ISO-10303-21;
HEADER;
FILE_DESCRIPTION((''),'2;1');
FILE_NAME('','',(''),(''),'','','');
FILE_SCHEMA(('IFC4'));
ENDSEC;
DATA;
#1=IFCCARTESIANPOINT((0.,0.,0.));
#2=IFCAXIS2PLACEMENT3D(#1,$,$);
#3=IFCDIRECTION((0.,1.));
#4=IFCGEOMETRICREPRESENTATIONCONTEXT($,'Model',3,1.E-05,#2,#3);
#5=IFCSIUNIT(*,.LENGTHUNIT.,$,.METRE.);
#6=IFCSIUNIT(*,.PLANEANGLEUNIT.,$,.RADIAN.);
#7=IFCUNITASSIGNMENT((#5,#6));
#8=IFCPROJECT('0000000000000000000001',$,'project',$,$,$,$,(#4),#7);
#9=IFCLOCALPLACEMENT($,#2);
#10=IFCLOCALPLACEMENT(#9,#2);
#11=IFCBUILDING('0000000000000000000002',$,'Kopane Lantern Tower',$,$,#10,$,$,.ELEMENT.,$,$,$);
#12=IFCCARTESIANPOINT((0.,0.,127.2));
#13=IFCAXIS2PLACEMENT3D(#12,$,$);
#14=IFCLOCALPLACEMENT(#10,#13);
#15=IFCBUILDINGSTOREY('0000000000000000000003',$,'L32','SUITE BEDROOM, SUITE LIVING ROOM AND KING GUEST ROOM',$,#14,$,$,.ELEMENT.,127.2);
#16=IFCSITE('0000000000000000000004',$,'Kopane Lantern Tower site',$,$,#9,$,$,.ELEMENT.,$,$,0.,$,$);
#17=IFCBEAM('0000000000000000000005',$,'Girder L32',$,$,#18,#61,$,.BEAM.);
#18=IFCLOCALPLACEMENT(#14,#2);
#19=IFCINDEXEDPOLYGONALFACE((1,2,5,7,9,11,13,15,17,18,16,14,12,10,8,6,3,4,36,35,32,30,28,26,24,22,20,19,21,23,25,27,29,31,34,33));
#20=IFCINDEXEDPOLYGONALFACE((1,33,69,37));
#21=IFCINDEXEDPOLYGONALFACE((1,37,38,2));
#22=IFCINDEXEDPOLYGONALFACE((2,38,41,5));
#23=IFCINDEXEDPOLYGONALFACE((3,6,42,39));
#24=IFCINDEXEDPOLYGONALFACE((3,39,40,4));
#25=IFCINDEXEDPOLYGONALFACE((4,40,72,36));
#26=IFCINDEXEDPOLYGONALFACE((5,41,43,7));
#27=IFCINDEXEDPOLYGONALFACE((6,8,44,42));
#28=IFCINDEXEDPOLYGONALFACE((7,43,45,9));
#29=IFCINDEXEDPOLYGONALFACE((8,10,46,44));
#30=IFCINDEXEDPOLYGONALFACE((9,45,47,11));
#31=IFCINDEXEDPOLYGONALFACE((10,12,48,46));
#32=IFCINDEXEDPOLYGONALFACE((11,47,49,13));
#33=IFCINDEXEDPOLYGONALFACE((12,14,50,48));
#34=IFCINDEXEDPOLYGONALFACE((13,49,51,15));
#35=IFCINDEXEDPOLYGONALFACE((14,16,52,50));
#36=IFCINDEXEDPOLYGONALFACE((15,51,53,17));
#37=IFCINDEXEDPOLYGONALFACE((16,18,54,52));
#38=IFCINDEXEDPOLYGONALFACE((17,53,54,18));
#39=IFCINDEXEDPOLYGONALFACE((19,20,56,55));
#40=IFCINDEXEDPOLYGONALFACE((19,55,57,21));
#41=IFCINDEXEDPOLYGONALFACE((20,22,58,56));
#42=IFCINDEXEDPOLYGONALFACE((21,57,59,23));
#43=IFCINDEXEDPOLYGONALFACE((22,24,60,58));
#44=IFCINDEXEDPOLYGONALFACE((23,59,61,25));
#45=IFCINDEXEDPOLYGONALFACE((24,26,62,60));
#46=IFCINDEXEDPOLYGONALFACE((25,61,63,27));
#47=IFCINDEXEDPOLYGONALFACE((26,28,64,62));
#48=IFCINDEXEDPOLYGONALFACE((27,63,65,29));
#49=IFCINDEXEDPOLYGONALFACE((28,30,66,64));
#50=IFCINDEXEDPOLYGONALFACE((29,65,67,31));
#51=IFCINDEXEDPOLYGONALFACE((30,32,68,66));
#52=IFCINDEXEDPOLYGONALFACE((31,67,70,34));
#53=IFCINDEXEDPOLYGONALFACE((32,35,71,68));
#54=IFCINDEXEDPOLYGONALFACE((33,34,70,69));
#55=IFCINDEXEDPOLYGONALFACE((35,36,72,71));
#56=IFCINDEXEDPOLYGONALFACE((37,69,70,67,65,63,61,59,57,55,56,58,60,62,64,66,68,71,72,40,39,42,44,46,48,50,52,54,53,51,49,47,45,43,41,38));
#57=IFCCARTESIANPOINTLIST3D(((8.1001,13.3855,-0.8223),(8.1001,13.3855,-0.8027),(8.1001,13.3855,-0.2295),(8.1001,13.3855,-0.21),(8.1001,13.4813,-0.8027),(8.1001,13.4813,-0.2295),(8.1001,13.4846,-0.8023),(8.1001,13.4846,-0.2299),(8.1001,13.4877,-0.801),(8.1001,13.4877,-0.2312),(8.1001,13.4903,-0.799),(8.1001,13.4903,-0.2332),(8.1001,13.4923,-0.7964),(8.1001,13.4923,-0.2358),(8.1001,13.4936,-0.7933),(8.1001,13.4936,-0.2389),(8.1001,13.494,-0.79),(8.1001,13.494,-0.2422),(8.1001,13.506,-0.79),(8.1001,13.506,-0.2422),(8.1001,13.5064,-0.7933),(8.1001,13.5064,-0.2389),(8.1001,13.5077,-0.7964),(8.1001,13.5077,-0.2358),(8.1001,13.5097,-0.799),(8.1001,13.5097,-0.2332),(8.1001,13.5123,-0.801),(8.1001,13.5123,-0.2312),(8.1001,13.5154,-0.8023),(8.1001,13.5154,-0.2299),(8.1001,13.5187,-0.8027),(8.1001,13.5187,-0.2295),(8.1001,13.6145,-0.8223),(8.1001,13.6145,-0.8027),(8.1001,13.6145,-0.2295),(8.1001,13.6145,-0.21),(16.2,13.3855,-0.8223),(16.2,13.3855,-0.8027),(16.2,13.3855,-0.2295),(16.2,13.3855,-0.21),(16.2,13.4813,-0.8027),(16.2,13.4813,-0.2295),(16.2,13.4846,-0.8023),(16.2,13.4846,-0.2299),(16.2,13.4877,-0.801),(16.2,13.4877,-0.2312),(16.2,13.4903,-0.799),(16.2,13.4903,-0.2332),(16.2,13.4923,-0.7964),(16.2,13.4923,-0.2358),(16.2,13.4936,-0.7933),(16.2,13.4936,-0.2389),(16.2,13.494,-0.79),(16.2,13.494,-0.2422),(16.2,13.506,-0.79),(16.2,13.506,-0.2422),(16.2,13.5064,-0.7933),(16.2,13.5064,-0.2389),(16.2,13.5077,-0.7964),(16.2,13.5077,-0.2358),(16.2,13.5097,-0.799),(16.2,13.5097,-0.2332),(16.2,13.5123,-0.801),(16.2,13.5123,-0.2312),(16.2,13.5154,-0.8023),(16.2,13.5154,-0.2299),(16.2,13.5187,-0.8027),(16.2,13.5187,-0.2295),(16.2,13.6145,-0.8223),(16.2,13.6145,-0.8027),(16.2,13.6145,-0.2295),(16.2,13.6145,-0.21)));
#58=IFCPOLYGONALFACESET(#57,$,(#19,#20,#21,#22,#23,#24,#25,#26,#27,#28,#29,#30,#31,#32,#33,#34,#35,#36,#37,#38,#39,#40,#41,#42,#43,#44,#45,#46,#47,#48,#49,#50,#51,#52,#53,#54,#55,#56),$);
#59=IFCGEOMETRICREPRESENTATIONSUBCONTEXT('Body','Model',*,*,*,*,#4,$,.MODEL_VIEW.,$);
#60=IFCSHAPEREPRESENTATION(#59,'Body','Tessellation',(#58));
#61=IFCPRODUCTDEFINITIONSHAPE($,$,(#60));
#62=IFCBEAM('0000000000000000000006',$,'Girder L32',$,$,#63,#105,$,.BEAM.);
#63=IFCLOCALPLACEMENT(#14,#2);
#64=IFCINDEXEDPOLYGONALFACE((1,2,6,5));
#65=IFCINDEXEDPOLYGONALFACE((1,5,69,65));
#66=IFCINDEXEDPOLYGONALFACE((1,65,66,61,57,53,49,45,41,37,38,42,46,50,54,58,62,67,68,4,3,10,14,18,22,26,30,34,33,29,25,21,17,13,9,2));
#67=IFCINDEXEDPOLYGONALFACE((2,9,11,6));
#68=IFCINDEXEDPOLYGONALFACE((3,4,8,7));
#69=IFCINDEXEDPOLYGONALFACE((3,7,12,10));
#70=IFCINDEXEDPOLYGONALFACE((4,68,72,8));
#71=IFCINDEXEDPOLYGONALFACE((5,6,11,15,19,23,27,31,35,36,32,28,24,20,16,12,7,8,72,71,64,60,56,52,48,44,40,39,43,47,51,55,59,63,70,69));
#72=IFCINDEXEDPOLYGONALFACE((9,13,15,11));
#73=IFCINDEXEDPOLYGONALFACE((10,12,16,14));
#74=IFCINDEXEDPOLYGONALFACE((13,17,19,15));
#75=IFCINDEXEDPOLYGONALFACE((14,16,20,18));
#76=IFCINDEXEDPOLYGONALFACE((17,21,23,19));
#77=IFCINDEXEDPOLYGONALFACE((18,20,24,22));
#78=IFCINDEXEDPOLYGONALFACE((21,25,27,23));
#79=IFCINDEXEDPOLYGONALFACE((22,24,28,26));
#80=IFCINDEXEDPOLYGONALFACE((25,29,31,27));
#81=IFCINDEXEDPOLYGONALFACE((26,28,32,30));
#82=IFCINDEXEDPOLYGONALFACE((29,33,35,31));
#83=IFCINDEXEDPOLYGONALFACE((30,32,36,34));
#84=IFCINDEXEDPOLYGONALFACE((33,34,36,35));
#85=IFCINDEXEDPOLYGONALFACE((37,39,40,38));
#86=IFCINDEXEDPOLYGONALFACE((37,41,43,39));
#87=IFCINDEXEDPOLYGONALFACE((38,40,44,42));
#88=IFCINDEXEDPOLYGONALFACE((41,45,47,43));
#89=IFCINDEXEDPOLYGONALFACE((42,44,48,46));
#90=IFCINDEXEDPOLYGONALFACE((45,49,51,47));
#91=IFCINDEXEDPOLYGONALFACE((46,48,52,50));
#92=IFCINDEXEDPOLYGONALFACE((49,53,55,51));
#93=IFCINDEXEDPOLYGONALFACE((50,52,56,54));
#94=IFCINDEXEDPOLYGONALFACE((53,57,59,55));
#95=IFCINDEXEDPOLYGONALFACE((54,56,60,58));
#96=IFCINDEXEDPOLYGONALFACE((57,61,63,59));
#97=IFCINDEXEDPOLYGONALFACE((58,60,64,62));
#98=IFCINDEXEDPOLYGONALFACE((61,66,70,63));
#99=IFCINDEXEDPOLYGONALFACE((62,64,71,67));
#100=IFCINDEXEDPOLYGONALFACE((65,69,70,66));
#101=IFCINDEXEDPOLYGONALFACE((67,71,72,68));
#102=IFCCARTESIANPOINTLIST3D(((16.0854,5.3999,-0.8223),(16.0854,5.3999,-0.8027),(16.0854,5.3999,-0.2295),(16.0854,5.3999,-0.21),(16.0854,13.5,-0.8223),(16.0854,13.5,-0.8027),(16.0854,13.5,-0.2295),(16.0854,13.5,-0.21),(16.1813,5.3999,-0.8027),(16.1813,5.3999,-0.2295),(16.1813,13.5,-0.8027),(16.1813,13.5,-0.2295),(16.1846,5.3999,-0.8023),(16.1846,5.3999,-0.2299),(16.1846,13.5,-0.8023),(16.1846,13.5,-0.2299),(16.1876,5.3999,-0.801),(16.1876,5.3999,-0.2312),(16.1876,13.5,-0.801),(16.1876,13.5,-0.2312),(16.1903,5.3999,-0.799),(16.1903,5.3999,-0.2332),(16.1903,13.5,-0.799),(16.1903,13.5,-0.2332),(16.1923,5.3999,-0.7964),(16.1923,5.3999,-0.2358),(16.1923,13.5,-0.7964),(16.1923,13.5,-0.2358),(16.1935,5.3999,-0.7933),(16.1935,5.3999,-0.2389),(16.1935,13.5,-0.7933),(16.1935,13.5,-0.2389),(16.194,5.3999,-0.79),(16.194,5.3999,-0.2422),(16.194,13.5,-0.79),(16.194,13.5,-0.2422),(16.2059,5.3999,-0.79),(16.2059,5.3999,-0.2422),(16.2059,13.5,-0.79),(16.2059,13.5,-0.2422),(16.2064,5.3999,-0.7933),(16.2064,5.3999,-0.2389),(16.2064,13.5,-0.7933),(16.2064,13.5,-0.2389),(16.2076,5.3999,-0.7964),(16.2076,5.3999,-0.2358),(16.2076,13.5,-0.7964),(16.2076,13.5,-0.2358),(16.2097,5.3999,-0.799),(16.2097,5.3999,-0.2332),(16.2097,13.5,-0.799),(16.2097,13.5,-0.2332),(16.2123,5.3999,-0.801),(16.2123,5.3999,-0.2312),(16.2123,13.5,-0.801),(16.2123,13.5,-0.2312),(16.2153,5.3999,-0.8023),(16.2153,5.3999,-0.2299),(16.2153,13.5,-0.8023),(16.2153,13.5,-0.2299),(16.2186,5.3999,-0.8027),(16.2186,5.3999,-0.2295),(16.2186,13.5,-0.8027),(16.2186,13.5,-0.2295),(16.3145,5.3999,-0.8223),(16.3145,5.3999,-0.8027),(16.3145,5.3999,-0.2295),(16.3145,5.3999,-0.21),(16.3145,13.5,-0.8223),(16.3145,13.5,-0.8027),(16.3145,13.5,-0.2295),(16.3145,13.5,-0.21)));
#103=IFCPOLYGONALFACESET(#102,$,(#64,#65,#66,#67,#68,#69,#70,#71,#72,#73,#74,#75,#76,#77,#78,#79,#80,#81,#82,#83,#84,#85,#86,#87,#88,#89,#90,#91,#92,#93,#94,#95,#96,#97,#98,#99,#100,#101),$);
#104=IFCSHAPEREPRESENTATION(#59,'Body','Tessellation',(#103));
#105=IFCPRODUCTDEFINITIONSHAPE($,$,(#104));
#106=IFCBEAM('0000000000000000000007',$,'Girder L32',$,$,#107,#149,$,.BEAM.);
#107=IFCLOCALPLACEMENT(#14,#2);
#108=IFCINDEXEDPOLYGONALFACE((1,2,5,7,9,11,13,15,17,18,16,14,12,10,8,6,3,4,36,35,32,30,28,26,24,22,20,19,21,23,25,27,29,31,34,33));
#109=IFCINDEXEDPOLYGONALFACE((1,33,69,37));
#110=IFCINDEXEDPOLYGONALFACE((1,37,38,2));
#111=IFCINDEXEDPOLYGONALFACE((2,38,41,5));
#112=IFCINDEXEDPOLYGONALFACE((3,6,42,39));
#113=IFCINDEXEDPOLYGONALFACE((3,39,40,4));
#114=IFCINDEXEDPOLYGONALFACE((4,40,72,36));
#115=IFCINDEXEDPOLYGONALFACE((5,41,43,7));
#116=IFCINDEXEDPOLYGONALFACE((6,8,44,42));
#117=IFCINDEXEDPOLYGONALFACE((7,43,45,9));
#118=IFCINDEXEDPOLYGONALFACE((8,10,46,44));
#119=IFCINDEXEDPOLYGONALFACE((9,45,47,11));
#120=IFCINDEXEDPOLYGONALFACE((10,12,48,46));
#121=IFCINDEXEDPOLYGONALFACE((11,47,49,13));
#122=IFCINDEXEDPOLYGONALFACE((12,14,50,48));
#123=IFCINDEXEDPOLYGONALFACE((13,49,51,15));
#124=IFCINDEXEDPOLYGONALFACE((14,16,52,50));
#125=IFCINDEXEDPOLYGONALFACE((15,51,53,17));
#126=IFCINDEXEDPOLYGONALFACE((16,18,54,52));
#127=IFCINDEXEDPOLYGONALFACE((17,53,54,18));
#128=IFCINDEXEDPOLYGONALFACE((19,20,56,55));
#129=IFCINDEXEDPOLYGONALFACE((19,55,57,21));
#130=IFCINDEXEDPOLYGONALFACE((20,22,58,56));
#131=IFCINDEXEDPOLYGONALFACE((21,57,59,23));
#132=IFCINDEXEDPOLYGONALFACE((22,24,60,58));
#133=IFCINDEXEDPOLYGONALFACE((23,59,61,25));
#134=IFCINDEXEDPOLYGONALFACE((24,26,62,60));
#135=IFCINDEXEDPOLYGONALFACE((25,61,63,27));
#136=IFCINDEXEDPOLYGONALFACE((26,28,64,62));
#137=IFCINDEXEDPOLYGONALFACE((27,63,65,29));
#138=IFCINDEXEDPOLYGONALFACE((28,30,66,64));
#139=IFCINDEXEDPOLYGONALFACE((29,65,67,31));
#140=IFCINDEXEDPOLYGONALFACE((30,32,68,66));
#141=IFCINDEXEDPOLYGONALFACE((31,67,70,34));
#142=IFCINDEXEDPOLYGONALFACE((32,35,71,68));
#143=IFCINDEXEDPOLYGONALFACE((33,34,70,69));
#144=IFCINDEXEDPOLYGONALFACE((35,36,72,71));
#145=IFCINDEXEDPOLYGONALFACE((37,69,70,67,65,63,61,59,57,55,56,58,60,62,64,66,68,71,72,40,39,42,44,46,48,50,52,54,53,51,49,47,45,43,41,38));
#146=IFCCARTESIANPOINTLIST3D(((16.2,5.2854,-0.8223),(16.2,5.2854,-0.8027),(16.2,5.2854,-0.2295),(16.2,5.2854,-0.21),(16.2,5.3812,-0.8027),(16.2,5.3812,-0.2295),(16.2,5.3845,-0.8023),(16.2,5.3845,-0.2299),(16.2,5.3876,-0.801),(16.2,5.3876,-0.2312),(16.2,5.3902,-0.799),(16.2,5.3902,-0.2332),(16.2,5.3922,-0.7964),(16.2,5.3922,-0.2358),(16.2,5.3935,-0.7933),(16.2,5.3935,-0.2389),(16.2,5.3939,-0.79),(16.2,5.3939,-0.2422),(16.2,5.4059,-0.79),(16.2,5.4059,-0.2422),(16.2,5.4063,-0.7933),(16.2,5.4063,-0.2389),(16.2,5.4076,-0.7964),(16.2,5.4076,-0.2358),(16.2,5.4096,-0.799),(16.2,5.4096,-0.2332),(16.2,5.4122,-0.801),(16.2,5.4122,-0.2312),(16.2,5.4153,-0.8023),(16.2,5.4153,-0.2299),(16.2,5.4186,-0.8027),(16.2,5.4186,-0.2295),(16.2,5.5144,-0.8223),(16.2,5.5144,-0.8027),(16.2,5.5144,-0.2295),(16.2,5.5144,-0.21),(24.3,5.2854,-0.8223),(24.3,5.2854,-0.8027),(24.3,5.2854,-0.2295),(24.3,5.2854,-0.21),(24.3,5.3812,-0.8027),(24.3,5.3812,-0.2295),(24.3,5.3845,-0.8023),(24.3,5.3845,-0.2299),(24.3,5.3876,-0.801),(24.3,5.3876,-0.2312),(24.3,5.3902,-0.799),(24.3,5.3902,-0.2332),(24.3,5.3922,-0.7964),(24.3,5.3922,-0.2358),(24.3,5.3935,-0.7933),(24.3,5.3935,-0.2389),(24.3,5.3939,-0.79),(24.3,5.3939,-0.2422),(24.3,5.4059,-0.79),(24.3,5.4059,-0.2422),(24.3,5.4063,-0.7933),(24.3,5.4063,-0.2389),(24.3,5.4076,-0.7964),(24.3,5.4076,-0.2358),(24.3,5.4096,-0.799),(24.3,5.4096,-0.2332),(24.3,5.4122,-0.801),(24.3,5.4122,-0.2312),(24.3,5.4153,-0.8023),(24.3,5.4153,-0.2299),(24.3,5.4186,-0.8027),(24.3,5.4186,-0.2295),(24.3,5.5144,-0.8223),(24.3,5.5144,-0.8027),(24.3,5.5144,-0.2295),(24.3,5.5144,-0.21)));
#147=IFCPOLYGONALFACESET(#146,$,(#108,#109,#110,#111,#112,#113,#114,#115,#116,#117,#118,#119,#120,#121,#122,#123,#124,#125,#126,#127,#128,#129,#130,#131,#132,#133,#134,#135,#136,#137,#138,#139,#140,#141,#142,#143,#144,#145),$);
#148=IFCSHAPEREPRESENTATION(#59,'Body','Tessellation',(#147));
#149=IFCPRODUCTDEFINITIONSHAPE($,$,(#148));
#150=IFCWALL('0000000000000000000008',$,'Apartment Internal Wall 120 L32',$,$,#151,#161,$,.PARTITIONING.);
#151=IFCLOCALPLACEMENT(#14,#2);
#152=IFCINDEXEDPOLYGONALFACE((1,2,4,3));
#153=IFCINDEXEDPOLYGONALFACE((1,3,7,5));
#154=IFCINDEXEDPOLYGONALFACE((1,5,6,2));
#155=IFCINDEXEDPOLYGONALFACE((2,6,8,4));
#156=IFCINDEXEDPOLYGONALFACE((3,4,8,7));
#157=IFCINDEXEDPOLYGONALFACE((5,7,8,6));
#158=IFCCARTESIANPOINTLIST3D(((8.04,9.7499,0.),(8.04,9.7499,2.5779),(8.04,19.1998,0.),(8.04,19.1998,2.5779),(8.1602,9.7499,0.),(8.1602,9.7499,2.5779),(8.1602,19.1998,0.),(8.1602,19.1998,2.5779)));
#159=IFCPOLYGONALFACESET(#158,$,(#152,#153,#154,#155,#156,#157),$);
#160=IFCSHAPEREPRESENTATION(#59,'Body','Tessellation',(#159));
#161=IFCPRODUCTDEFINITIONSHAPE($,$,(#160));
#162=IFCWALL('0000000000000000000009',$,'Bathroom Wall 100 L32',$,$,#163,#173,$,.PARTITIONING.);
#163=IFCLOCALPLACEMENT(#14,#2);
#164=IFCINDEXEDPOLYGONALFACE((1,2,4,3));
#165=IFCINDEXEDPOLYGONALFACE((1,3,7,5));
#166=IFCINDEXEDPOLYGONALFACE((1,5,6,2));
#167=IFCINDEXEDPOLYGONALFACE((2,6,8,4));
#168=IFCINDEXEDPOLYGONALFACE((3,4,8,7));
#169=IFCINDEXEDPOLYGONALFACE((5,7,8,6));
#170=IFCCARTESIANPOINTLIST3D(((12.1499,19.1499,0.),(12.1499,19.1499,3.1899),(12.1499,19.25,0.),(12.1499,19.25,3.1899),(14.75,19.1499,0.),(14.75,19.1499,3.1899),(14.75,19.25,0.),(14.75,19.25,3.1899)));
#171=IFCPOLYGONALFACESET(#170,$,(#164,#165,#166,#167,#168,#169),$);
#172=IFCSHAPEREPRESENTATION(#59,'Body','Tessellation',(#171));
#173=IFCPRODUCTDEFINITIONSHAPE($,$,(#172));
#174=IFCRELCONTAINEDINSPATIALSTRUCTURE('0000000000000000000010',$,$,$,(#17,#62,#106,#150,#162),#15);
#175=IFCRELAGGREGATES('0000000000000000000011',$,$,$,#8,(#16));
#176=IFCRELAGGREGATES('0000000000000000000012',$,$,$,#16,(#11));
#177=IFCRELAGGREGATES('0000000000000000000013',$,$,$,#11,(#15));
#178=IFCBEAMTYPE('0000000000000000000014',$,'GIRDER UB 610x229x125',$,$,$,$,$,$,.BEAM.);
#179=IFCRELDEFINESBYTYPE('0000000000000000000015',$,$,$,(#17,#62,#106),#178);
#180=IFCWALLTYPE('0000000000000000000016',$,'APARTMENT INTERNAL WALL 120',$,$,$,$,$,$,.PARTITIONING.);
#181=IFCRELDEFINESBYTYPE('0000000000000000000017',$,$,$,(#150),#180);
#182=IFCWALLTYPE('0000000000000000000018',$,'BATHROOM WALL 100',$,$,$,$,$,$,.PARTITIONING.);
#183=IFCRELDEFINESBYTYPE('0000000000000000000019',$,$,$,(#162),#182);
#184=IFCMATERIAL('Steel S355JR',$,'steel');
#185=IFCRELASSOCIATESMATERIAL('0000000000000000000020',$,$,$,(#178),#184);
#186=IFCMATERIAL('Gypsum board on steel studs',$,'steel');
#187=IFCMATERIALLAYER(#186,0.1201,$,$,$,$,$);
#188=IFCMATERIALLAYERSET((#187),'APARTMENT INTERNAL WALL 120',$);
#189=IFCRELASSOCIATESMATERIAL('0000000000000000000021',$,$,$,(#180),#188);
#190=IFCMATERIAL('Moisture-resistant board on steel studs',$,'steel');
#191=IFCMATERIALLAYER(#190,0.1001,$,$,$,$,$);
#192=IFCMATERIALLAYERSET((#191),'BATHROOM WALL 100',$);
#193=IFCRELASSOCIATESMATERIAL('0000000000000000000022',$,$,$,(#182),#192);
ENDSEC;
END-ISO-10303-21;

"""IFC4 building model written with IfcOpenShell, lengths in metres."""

from ifc_helpers import new_model, si_unit, direction, frame, frame_2d, origin, origin_2d, place, context, subcontext, project, spatial, rectangle, i_section, extrude, material, layer, layer_set, material_profile, profile_set, type_object, element, save


model = new_model("IFC4")

# Units and contexts
model_context = context("Model", 3, precision=1e-05, world=origin(), true_north=direction((0.0, 1.0)))
body_context = subcontext(model_context, "Body", "Model", "MODEL_VIEW")
ifc_project = project(units=[si_unit("LENGTHUNIT", "METRE"), si_unit("PLANEANGLEUNIT", "RADIAN")], contexts=[model_context])

# Site, building, storey
site_placement = place(None, origin())
site = spatial("IfcSite", under=ifc_project, at=site_placement, Name="Kopane Lantern Tower site", CompositionType="ELEMENT", RefElevation=0.0)
building_placement = place(site_placement, origin())
building = spatial("IfcBuilding", under=site, at=building_placement, Name="Kopane Lantern Tower", CompositionType="ELEMENT")
storey_placement = place(building_placement, frame((0.0, 0.0, 127.2)))
storey = spatial("IfcBuildingStorey", under=building, at=storey_placement, Name="L32", Description="SUITE BEDROOM, SUITE LIVING ROOM AND KING GUEST ROOM", CompositionType="ELEMENT", Elevation=127.2)

# Beams
ifc_material_1 = material(Name="Steel S355JR", Category="steel")
ifc_material_profile_1 = material_profile(ifc_material_1, i_section(OverallWidth=0.229, OverallDepth=0.6123, WebThickness=0.012, FlangeThickness=0.0195, FilletRadius=0.0127, at=origin_2d()), Name="UB 610x229x125")
ifc_profile_set_1 = profile_set([ifc_material_profile_1], Name="Steel S355JR")
beam_type = type_object("IfcBeamType", Name="GIRDER UB 610x229x125", PredefinedType="BEAM", material=ifc_profile_set_1)
beam_1_placement = place(storey_placement, frame((8.1001, 13.5, -0.5161), z_axis=(1.0, 0.0, 0.0), x_axis=(0.0, 1.0, 0.0)))
element("IfcBeam", 1, at=beam_1_placement, inside=storey, type_object=beam_type, Name="Girder L32", PredefinedType="BEAM", context=body_context, shape_type="SweptSolid", body=[
    extrude(i_section(OverallWidth=0.229, OverallDepth=0.6123, WebThickness=0.012, FlangeThickness=0.0195, FilletRadius=0.0127, at=origin_2d()), origin(), (0.0, 0.0, 1.0), 8.0999),
])
for number, where, z_axis, x_axis, name in (
    (2, (16.2, 5.3999, -0.5161), (0.0, 1.0, 0.0), (-1.0, 0.0, 0.0), "Girder L32"),
    (3, (16.2, 5.3999, -0.5161), (1.0, 0.0, 0.0), (0.0, 1.0, 0.0), "Girder L32"),
):
    element("IfcBeam", number, at=place(storey_placement, frame(where, z_axis=z_axis, x_axis=x_axis)), inside=storey, type_object=beam_type, Name=name, PredefinedType="BEAM", context=body_context, shape_type="SweptSolid", body=[
        extrude(i_section(OverallWidth=0.229, OverallDepth=0.6123, WebThickness=0.012, FlangeThickness=0.0195, FilletRadius=0.0127, at=origin_2d()), origin(), (0.0, 0.0, 1.0), 8.1001),
    ])

# Walls
ifc_material_2 = material(Name="Gypsum board on steel studs", Category="steel")
ifc_layer_1 = layer(ifc_material_2, 0.1201)
ifc_layer_set_1 = layer_set([ifc_layer_1], Name="APARTMENT INTERNAL WALL 120")
wall_type_1 = type_object("IfcWallType", Name="APARTMENT INTERNAL WALL 120", PredefinedType="PARTITIONING", material=ifc_layer_set_1)
wall_1_placement = place(storey_placement, frame((8.1001, 19.2, 0.0), z_axis=(0.0, 0.0, 1.0), x_axis=(0.0, -1.0, 0.0)))
element("IfcWall", 4, at=wall_1_placement, inside=storey, type_object=wall_type_1, Name="Apartment Internal Wall 120 L32", PredefinedType="PARTITIONING", context=body_context, shape_type="SweptSolid", body=[
    extrude(rectangle(XDim=9.45, YDim=0.1201, at=frame_2d((4.7251, 0.0))), origin(), (0.0, 0.0, 1.0), 2.5779),
])
ifc_material_3 = material(Name="Moisture-resistant board on steel studs", Category="steel")
ifc_layer_2 = layer(ifc_material_3, 0.1001)
ifc_layer_set_2 = layer_set([ifc_layer_2], Name="BATHROOM WALL 100")
wall_type_2 = type_object("IfcWallType", Name="BATHROOM WALL 100", PredefinedType="PARTITIONING", material=ifc_layer_set_2)
wall_2_placement = place(storey_placement, frame((12.1499, 19.2, 0.0), z_axis=(0.0, 0.0, 1.0), x_axis=(1.0, 0.0, 0.0)))
element("IfcWall", 5, at=wall_2_placement, inside=storey, type_object=wall_type_2, Name="Bathroom Wall 100 L32", PredefinedType="PARTITIONING", context=body_context, shape_type="SweptSolid", body=[
    extrude(rectangle(XDim=2.6001, YDim=0.1001, at=frame_2d((1.3, 0.0))), origin(), (0.0, 0.0, 1.0), 3.1899),
])

save(model, "model.ifc")
